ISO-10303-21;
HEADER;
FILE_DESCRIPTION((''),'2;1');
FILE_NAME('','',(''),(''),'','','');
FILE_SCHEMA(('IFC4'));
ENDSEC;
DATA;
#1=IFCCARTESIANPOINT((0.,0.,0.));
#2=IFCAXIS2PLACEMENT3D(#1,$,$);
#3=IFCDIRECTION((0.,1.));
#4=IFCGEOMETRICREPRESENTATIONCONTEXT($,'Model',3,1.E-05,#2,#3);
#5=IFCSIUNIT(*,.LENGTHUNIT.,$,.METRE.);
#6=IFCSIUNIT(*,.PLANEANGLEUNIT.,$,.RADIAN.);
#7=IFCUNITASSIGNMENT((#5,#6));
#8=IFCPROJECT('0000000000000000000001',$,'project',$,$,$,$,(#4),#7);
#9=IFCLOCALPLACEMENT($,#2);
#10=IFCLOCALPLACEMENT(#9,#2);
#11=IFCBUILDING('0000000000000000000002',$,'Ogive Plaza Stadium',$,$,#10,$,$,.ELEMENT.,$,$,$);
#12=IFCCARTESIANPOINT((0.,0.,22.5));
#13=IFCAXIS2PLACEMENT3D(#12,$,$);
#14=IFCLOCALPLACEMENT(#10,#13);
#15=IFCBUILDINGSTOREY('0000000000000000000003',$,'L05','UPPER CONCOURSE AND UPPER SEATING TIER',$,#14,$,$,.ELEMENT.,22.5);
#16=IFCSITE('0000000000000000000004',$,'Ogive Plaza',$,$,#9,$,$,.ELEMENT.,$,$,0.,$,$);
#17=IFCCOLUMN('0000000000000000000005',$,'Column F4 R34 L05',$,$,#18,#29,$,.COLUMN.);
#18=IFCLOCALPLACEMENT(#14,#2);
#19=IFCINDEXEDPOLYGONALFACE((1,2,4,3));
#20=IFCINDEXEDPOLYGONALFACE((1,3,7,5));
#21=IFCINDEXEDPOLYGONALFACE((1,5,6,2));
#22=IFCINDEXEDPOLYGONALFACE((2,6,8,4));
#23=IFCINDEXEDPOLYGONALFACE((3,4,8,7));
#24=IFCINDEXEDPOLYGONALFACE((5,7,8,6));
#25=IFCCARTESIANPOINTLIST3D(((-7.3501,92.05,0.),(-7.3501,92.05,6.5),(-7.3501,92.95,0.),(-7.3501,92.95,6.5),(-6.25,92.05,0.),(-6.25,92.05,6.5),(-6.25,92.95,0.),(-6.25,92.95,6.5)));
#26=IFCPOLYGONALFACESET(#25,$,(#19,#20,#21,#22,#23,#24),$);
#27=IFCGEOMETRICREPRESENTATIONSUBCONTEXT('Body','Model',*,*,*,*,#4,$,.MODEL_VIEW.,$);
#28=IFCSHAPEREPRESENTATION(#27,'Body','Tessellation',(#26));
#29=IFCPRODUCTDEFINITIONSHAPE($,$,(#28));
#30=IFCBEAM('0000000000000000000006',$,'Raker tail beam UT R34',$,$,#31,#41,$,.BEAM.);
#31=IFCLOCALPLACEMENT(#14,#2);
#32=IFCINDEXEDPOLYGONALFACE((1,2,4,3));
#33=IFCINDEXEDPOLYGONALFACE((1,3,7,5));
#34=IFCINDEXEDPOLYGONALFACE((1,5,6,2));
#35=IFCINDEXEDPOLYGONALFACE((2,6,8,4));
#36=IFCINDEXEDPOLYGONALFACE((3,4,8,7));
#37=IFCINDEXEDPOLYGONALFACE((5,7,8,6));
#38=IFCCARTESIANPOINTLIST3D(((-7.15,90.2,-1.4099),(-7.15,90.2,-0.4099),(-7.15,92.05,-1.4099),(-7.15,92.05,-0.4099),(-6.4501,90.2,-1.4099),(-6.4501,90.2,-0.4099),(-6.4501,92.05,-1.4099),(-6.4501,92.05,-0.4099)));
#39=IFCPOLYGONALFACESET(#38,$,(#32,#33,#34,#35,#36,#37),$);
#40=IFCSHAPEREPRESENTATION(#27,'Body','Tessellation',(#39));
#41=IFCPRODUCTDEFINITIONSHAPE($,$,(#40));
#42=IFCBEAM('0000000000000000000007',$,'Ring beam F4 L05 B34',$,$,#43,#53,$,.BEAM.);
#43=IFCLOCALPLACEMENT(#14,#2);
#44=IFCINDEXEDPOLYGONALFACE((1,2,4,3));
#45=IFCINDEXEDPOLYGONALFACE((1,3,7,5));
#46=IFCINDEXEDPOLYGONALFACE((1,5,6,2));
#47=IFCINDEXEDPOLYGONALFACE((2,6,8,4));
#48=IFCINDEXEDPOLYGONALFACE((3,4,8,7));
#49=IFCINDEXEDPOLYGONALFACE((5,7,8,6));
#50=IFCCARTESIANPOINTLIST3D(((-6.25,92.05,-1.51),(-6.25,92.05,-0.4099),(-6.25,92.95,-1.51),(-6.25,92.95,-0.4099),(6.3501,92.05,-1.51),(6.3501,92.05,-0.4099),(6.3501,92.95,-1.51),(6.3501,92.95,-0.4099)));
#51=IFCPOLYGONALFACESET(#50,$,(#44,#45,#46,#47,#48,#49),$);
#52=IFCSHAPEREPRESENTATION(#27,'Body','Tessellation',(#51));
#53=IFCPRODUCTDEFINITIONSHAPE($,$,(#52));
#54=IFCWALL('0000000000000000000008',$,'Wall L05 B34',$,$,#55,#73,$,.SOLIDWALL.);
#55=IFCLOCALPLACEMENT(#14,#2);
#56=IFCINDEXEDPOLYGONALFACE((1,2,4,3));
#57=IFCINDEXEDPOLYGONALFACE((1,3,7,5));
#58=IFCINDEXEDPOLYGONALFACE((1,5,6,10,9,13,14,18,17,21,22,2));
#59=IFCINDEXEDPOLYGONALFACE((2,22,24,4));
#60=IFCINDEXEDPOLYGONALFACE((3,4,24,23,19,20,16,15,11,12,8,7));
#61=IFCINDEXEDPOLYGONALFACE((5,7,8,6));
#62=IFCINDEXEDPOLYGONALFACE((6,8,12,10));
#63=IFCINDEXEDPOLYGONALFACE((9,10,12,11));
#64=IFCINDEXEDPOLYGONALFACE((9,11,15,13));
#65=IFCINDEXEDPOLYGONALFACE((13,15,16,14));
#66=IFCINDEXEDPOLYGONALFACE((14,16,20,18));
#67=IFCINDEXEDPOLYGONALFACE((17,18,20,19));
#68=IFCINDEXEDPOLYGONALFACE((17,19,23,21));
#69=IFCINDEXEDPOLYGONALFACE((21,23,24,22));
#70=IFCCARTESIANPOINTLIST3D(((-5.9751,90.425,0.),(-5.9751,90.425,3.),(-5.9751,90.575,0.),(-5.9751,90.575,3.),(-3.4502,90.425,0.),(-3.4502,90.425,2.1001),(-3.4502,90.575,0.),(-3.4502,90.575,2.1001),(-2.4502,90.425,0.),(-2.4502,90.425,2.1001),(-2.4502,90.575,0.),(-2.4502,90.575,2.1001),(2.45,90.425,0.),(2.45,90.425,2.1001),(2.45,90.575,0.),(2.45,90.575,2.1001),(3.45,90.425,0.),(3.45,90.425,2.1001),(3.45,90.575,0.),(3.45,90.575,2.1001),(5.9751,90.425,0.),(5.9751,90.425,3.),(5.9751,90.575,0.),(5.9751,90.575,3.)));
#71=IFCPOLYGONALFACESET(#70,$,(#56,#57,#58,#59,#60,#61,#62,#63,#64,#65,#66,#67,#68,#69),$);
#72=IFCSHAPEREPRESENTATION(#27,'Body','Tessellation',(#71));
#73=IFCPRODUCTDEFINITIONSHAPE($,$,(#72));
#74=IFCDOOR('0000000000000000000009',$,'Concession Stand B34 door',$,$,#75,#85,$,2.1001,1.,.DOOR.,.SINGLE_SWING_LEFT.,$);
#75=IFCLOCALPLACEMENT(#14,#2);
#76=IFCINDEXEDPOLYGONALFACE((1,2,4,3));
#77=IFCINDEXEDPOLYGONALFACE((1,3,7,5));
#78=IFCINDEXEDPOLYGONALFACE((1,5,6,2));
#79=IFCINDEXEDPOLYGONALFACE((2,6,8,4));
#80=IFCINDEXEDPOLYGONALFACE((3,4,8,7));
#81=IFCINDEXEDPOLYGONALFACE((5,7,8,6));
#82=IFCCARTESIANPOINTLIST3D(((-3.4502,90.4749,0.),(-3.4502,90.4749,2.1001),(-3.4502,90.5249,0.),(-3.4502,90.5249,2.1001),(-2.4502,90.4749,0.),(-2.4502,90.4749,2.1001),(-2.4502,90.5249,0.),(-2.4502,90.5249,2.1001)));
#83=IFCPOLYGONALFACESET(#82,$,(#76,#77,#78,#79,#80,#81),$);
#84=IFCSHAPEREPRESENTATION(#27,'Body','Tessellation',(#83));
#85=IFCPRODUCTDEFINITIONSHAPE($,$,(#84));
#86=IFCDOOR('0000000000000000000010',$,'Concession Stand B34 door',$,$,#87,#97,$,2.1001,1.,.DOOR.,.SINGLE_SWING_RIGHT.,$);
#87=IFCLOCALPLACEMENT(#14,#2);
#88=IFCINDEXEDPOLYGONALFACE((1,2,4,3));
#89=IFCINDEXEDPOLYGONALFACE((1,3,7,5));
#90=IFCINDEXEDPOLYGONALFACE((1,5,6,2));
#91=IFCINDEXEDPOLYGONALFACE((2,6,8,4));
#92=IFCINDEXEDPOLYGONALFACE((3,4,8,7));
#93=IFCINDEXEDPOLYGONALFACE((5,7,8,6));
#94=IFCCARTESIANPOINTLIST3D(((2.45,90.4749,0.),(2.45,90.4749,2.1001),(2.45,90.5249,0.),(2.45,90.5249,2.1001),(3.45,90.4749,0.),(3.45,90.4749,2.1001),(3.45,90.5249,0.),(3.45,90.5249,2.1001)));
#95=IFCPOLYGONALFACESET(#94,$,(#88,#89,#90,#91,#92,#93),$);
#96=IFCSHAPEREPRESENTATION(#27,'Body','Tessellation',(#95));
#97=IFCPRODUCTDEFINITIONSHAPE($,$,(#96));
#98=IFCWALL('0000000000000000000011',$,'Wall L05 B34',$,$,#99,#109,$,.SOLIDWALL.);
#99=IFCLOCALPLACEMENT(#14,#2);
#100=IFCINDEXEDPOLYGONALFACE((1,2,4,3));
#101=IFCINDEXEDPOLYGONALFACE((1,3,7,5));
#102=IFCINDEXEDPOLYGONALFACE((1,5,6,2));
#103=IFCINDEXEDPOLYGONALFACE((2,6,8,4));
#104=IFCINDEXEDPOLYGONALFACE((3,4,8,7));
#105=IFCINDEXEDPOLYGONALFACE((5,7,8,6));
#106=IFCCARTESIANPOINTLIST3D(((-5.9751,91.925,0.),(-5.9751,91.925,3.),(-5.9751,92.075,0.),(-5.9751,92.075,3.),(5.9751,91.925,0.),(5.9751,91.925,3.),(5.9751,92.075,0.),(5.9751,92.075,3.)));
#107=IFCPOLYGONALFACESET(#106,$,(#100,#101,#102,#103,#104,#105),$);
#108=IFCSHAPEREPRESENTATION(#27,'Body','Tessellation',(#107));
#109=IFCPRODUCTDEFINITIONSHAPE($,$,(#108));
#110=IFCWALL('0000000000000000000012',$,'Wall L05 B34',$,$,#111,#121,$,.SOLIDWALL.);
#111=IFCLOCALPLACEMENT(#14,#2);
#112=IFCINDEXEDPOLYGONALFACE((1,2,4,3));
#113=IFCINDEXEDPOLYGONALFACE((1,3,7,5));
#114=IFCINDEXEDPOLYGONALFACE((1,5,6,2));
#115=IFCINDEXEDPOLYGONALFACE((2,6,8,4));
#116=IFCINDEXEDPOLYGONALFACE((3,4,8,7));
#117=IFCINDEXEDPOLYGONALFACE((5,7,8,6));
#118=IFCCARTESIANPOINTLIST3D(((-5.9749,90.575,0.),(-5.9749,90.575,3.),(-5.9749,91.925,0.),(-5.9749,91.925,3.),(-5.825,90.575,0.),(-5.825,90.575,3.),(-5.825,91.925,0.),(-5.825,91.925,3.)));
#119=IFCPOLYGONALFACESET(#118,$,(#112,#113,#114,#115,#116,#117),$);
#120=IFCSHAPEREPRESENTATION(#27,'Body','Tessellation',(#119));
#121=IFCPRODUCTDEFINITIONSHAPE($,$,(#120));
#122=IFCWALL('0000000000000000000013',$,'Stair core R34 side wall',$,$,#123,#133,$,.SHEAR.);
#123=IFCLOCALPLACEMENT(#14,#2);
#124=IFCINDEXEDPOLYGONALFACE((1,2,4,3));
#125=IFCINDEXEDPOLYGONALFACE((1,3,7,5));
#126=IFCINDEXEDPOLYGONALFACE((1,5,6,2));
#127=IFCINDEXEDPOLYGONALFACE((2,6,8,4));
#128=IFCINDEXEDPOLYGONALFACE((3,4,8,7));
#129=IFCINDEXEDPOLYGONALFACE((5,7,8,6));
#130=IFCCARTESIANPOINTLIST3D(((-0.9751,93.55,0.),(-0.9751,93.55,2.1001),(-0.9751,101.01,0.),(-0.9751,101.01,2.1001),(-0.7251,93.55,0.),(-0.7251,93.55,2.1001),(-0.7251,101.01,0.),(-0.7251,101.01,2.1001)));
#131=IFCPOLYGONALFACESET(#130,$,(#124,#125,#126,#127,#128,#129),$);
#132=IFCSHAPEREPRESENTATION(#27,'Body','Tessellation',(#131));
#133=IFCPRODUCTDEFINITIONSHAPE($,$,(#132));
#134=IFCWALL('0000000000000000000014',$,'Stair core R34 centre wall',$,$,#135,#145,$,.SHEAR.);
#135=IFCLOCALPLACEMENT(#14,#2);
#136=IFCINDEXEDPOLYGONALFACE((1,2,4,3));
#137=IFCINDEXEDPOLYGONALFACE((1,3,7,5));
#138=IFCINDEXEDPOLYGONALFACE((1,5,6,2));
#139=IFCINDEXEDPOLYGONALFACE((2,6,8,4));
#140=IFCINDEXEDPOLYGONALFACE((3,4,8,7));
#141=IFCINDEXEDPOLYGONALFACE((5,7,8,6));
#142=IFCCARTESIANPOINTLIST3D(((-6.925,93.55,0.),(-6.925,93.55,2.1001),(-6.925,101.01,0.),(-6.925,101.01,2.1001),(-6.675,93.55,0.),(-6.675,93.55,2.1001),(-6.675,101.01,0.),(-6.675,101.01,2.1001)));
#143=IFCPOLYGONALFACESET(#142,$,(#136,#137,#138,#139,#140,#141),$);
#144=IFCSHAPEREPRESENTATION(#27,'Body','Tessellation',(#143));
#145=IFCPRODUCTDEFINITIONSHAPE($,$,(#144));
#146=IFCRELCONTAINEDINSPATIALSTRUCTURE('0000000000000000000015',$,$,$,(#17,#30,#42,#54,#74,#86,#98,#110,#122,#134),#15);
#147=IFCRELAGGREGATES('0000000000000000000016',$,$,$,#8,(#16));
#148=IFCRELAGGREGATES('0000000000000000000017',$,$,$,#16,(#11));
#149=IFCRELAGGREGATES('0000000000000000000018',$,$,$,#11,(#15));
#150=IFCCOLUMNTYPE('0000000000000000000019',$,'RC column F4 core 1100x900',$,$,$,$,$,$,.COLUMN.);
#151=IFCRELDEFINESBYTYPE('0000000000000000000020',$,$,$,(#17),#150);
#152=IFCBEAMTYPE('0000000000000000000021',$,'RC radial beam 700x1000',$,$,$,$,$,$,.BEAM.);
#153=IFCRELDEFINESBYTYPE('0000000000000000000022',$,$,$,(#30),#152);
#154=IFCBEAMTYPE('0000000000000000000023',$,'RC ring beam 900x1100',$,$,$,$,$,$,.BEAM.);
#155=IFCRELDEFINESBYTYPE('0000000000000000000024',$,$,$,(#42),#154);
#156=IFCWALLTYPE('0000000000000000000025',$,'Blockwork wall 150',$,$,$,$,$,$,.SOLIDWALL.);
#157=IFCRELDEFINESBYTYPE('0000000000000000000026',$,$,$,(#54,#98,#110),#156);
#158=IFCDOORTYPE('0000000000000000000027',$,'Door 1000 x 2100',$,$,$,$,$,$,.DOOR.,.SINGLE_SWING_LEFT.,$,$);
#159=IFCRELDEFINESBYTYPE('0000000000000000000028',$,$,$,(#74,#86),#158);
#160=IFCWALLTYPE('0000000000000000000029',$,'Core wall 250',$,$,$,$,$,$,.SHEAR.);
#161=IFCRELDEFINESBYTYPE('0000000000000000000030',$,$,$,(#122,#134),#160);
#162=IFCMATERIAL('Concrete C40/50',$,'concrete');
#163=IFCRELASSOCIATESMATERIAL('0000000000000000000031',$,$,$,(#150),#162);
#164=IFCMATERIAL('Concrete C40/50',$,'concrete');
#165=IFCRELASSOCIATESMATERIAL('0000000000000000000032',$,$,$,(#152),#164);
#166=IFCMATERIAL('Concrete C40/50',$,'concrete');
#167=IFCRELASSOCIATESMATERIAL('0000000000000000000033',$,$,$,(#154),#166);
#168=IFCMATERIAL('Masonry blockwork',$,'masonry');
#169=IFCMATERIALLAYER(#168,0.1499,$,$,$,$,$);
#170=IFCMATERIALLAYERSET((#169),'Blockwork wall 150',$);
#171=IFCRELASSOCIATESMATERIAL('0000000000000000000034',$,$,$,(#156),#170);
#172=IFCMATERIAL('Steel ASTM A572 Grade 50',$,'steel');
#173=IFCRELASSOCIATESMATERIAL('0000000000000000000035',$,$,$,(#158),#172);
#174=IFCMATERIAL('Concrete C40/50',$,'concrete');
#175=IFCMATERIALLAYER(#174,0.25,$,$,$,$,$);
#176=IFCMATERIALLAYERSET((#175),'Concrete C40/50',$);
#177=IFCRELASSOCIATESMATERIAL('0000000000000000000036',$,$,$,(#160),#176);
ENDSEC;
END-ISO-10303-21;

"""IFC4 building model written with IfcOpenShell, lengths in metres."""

from ifc_helpers import new_model, si_unit, direction, frame, frame_2d, origin, origin_2d, place, context, subcontext, project, spatial, rectangle, extrude, material, layer, layer_set, material_profile, profile_set, type_object, element, fill, save


model = new_model("IFC4")

# Units and contexts
model_context = context("Model", 3, precision=1e-05, world=origin(), true_north=direction((0.0, 1.0)))
body_context = subcontext(model_context, "Body", "Model", "MODEL_VIEW")
ifc_project = project(units=[si_unit("LENGTHUNIT", "METRE"), si_unit("PLANEANGLEUNIT", "RADIAN")], contexts=[model_context])

# Site, building, storey
site_placement = place(None, origin())
site = spatial("IfcSite", under=ifc_project, at=site_placement, Name="Ogive Plaza", CompositionType="ELEMENT", RefElevation=0.0)
building_placement = place(site_placement, origin())
building = spatial("IfcBuilding", under=site, at=building_placement, Name="Ogive Plaza Stadium", CompositionType="ELEMENT")
storey_placement = place(building_placement, frame((0.0, 0.0, 22.5)))
storey = spatial("IfcBuildingStorey", under=building, at=storey_placement, Name="L05", Description="UPPER CONCOURSE AND UPPER SEATING TIER", CompositionType="ELEMENT", Elevation=22.5)

# Column
ifc_material_1 = material(Name="Concrete C40/50", Category="concrete")
ifc_material_profile_1 = material_profile(ifc_material_1, rectangle(XDim=1.1001, YDim=0.8999, at=origin_2d()), Name="RC 1100x900")
ifc_profile_set_1 = profile_set([ifc_material_profile_1], Name="Concrete C40/50")
column_type = type_object("IfcColumnType", Name="RC column F4 core 1100x900", PredefinedType="COLUMN", material=ifc_profile_set_1)
column_placement = place(storey_placement, frame((-6.8, 92.5, 0.0), z_axis=(0.0, 0.0, 1.0), x_axis=(-1.0, 0.0, 0.0)))
element("IfcColumn", 1, at=column_placement, inside=storey, type_object=column_type, Name="Column F4 R34 L05", PredefinedType="COLUMN", context=body_context, shape_type="SweptSolid", body=[
    extrude(rectangle(XDim=1.1001, YDim=0.8999, at=origin_2d()), origin(), (0.0, 0.0, 1.0), 6.5),
])

# Beams
ifc_material_2 = material(Name="Concrete C40/50", Category="concrete")
ifc_material_profile_2 = material_profile(ifc_material_2, rectangle(XDim=0.7, YDim=1.0, at=origin_2d()), Name="RC 700x1000")
ifc_profile_set_2 = profile_set([ifc_material_profile_2], Name="Concrete C40/50")
beam_type_1 = type_object("IfcBeamType", Name="RC radial beam 700x1000", PredefinedType="BEAM", material=ifc_profile_set_2)
beam_1_placement = place(storey_placement, frame((-6.8, 90.2, -0.9099), z_axis=(0.0, 1.0, 0.0), x_axis=(-1.0, 0.0, 0.0)))
element("IfcBeam", 2, at=beam_1_placement, inside=storey, type_object=beam_type_1, Name="Raker tail beam UT R34", PredefinedType="BEAM", context=body_context, shape_type="SweptSolid", body=[
    extrude(rectangle(XDim=0.7, YDim=1.0, at=origin_2d()), origin(), (0.0, 0.0, 1.0), 1.8501),
])
ifc_material_3 = material(Name="Concrete C40/50", Category="concrete")
ifc_material_profile_3 = material_profile(ifc_material_3, rectangle(XDim=0.8999, YDim=1.1001, at=origin_2d()), Name="RC 900x1100")
ifc_profile_set_3 = profile_set([ifc_material_profile_3], Name="Concrete C40/50")
beam_type_2 = type_object("IfcBeamType", Name="RC ring beam 900x1100", PredefinedType="BEAM", material=ifc_profile_set_3)
beam_2_placement = place(storey_placement, frame((-6.25, 92.5, -0.96), z_axis=(1.0, 0.0, 0.0), x_axis=(0.0, 1.0, 0.0)))
element("IfcBeam", 3, at=beam_2_placement, inside=storey, type_object=beam_type_2, Name="Ring beam F4 L05 B34", PredefinedType="BEAM", context=body_context, shape_type="SweptSolid", body=[
    extrude(rectangle(XDim=0.8999, YDim=1.1001, at=origin_2d()), origin(), (0.0, 0.0, 1.0), 12.6001),
])

# Wall, openings, doors
ifc_material_4 = material(Name="Masonry blockwork", Category="masonry")
ifc_layer_1 = layer(ifc_material_4, 0.1499)
ifc_layer_set_1 = layer_set([ifc_layer_1], Name="Blockwork wall 150")
wall_type_1 = type_object("IfcWallType", Name="Blockwork wall 150", PredefinedType="SOLIDWALL", material=ifc_layer_set_1)
wall_1_placement = place(storey_placement, frame((-5.9751, 90.5, 0.0), z_axis=(0.0, 0.0, 1.0), x_axis=(1.0, 0.0, 0.0)))
wall_1 = element("IfcWall", 4, at=wall_1_placement, inside=storey, type_object=wall_type_1, Name="Wall L05 B34", PredefinedType="SOLIDWALL", context=body_context, shape_type="SweptSolid", body=[
    extrude(rectangle(XDim=11.9502, YDim=0.1499, at=frame_2d((5.9751, 0.0))), origin(), (0.0, 0.0, 1.0), 3.0),
])
opening_1_placement = place(wall_1_placement, frame((2.5249, 0.0, 0.0)))
opening_1 = element("IfcOpeningElement", 5, at=opening_1_placement, cuts=wall_1, PredefinedType="OPENING", context=body_context, shape_type="SweptSolid", body=[
    extrude(rectangle(XDim=1.0, YDim=2.1001, at=frame_2d((0.5, 1.05))), frame((0.0, 0.075, 0.0), z_axis=(0.0, -1.0, 0.0), x_axis=(1.0, 0.0, 0.0)), (0.0, 0.0, 1.0), 0.1499),
])
opening_2_placement = place(wall_1_placement, frame((8.425, 0.0, 0.0)))
opening_2 = element("IfcOpeningElement", 6, at=opening_2_placement, cuts=wall_1, PredefinedType="OPENING", context=body_context, shape_type="SweptSolid", body=[
    extrude(rectangle(XDim=1.0, YDim=2.1001, at=frame_2d((0.5, 1.05))), frame((0.0, 0.075, 0.0), z_axis=(0.0, -1.0, 0.0), x_axis=(1.0, 0.0, 0.0)), (0.0, 0.0, 1.0), 0.1499),
])
ifc_material_5 = material(Name="Steel ASTM A572 Grade 50", Category="steel")
door_type_1 = type_object("IfcDoorType", Name="Door 1000 x 2100", OperationType="SINGLE_SWING_LEFT", PredefinedType="DOOR", material=ifc_material_5)
door_1_placement = place(opening_1_placement, origin())
door_1 = element("IfcDoor", 7, at=door_1_placement, inside=storey, type_object=door_type_1, Name="Concession Stand B34 door", OperationType="SINGLE_SWING_LEFT", OverallHeight=2.1001, OverallWidth=1.0, PredefinedType="DOOR", context=body_context, shape_type="SweptSolid", body=[
    extrude(rectangle(XDim=1.0, YDim=2.1001, at=frame_2d((0.5, 1.05))), frame((0.0, 0.0249, 0.0), z_axis=(0.0, -1.0, 0.0), x_axis=(1.0, 0.0, 0.0)), (0.0, 0.0, 1.0), 0.05),
])
fill(opening_1, door_1)
door_2_placement = place(opening_2_placement, origin())
door_2 = element("IfcDoor", 8, at=door_2_placement, inside=storey, type_object=door_type_1, Name="Concession Stand B34 door", OperationType="SINGLE_SWING_RIGHT", OverallHeight=2.1001, OverallWidth=1.0, PredefinedType="DOOR", context=body_context, shape_type="SweptSolid", body=[
    extrude(rectangle(XDim=1.0, YDim=2.1001, at=frame_2d((0.5, 1.05))), frame((0.0, 0.0249, 0.0), z_axis=(0.0, -1.0, 0.0), x_axis=(1.0, 0.0, 0.0)), (0.0, 0.0, 1.0), 0.05),
])
fill(opening_2, door_2)

# Walls
wall_2_placement = place(storey_placement, frame((-5.9751, 92.0, 0.0), z_axis=(0.0, 0.0, 1.0), x_axis=(1.0, 0.0, 0.0)))
element("IfcWall", 9, at=wall_2_placement, inside=storey, type_object=wall_type_1, Name="Wall L05 B34", PredefinedType="SOLIDWALL", context=body_context, shape_type="SweptSolid", body=[
    extrude(rectangle(XDim=11.9502, YDim=0.1499, at=frame_2d((5.9751, 0.0))), origin(), (0.0, 0.0, 1.0), 3.0),
])
wall_3_placement = place(storey_placement, frame((-5.8999, 90.575, 0.0), z_axis=(0.0, 0.0, 1.0), x_axis=(0.0, 1.0, 0.0)))
element("IfcWall", 10, at=wall_3_placement, inside=storey, type_object=wall_type_1, Name="Wall L05 B34", PredefinedType="SOLIDWALL", context=body_context, shape_type="SweptSolid", body=[
    extrude(rectangle(XDim=1.3501, YDim=0.1499, at=frame_2d((0.675, 0.0))), origin(), (0.0, 0.0, 1.0), 3.0),
])

# Shared definitions
ifc_material_6 = material(Name="Concrete C40/50", Category="concrete")
ifc_layer_2 = layer(ifc_material_6, 0.25)
ifc_layer_set_2 = layer_set([ifc_layer_2], Name="Concrete C40/50")
wall_type_2 = type_object("IfcWallType", Name="Core wall 250", PredefinedType="SHEAR", material=ifc_layer_set_2)

# Walls
for number, where, z_axis, x_axis, name in (
    (11, (-0.8501, 93.55, 0.0), (0.0, 0.0, 1.0), (0.0, 1.0, 0.0), "Stair core R34 side wall"),
    (12, (-6.8, 93.55, 0.0), (0.0, 0.0, 1.0), (0.0, 1.0, 0.0), "Stair core R34 centre wall"),
):
    element("IfcWall", number, at=place(storey_placement, frame(where, z_axis=z_axis, x_axis=x_axis)), inside=storey, type_object=wall_type_2, Name=name, PredefinedType="SHEAR", context=body_context, shape_type="SweptSolid", body=[
        extrude(rectangle(XDim=7.46, YDim=0.25, at=frame_2d((3.73, 0.0))), origin(), (0.0, 0.0, 1.0), 2.1001),
    ])

save(model, "model.ifc")
